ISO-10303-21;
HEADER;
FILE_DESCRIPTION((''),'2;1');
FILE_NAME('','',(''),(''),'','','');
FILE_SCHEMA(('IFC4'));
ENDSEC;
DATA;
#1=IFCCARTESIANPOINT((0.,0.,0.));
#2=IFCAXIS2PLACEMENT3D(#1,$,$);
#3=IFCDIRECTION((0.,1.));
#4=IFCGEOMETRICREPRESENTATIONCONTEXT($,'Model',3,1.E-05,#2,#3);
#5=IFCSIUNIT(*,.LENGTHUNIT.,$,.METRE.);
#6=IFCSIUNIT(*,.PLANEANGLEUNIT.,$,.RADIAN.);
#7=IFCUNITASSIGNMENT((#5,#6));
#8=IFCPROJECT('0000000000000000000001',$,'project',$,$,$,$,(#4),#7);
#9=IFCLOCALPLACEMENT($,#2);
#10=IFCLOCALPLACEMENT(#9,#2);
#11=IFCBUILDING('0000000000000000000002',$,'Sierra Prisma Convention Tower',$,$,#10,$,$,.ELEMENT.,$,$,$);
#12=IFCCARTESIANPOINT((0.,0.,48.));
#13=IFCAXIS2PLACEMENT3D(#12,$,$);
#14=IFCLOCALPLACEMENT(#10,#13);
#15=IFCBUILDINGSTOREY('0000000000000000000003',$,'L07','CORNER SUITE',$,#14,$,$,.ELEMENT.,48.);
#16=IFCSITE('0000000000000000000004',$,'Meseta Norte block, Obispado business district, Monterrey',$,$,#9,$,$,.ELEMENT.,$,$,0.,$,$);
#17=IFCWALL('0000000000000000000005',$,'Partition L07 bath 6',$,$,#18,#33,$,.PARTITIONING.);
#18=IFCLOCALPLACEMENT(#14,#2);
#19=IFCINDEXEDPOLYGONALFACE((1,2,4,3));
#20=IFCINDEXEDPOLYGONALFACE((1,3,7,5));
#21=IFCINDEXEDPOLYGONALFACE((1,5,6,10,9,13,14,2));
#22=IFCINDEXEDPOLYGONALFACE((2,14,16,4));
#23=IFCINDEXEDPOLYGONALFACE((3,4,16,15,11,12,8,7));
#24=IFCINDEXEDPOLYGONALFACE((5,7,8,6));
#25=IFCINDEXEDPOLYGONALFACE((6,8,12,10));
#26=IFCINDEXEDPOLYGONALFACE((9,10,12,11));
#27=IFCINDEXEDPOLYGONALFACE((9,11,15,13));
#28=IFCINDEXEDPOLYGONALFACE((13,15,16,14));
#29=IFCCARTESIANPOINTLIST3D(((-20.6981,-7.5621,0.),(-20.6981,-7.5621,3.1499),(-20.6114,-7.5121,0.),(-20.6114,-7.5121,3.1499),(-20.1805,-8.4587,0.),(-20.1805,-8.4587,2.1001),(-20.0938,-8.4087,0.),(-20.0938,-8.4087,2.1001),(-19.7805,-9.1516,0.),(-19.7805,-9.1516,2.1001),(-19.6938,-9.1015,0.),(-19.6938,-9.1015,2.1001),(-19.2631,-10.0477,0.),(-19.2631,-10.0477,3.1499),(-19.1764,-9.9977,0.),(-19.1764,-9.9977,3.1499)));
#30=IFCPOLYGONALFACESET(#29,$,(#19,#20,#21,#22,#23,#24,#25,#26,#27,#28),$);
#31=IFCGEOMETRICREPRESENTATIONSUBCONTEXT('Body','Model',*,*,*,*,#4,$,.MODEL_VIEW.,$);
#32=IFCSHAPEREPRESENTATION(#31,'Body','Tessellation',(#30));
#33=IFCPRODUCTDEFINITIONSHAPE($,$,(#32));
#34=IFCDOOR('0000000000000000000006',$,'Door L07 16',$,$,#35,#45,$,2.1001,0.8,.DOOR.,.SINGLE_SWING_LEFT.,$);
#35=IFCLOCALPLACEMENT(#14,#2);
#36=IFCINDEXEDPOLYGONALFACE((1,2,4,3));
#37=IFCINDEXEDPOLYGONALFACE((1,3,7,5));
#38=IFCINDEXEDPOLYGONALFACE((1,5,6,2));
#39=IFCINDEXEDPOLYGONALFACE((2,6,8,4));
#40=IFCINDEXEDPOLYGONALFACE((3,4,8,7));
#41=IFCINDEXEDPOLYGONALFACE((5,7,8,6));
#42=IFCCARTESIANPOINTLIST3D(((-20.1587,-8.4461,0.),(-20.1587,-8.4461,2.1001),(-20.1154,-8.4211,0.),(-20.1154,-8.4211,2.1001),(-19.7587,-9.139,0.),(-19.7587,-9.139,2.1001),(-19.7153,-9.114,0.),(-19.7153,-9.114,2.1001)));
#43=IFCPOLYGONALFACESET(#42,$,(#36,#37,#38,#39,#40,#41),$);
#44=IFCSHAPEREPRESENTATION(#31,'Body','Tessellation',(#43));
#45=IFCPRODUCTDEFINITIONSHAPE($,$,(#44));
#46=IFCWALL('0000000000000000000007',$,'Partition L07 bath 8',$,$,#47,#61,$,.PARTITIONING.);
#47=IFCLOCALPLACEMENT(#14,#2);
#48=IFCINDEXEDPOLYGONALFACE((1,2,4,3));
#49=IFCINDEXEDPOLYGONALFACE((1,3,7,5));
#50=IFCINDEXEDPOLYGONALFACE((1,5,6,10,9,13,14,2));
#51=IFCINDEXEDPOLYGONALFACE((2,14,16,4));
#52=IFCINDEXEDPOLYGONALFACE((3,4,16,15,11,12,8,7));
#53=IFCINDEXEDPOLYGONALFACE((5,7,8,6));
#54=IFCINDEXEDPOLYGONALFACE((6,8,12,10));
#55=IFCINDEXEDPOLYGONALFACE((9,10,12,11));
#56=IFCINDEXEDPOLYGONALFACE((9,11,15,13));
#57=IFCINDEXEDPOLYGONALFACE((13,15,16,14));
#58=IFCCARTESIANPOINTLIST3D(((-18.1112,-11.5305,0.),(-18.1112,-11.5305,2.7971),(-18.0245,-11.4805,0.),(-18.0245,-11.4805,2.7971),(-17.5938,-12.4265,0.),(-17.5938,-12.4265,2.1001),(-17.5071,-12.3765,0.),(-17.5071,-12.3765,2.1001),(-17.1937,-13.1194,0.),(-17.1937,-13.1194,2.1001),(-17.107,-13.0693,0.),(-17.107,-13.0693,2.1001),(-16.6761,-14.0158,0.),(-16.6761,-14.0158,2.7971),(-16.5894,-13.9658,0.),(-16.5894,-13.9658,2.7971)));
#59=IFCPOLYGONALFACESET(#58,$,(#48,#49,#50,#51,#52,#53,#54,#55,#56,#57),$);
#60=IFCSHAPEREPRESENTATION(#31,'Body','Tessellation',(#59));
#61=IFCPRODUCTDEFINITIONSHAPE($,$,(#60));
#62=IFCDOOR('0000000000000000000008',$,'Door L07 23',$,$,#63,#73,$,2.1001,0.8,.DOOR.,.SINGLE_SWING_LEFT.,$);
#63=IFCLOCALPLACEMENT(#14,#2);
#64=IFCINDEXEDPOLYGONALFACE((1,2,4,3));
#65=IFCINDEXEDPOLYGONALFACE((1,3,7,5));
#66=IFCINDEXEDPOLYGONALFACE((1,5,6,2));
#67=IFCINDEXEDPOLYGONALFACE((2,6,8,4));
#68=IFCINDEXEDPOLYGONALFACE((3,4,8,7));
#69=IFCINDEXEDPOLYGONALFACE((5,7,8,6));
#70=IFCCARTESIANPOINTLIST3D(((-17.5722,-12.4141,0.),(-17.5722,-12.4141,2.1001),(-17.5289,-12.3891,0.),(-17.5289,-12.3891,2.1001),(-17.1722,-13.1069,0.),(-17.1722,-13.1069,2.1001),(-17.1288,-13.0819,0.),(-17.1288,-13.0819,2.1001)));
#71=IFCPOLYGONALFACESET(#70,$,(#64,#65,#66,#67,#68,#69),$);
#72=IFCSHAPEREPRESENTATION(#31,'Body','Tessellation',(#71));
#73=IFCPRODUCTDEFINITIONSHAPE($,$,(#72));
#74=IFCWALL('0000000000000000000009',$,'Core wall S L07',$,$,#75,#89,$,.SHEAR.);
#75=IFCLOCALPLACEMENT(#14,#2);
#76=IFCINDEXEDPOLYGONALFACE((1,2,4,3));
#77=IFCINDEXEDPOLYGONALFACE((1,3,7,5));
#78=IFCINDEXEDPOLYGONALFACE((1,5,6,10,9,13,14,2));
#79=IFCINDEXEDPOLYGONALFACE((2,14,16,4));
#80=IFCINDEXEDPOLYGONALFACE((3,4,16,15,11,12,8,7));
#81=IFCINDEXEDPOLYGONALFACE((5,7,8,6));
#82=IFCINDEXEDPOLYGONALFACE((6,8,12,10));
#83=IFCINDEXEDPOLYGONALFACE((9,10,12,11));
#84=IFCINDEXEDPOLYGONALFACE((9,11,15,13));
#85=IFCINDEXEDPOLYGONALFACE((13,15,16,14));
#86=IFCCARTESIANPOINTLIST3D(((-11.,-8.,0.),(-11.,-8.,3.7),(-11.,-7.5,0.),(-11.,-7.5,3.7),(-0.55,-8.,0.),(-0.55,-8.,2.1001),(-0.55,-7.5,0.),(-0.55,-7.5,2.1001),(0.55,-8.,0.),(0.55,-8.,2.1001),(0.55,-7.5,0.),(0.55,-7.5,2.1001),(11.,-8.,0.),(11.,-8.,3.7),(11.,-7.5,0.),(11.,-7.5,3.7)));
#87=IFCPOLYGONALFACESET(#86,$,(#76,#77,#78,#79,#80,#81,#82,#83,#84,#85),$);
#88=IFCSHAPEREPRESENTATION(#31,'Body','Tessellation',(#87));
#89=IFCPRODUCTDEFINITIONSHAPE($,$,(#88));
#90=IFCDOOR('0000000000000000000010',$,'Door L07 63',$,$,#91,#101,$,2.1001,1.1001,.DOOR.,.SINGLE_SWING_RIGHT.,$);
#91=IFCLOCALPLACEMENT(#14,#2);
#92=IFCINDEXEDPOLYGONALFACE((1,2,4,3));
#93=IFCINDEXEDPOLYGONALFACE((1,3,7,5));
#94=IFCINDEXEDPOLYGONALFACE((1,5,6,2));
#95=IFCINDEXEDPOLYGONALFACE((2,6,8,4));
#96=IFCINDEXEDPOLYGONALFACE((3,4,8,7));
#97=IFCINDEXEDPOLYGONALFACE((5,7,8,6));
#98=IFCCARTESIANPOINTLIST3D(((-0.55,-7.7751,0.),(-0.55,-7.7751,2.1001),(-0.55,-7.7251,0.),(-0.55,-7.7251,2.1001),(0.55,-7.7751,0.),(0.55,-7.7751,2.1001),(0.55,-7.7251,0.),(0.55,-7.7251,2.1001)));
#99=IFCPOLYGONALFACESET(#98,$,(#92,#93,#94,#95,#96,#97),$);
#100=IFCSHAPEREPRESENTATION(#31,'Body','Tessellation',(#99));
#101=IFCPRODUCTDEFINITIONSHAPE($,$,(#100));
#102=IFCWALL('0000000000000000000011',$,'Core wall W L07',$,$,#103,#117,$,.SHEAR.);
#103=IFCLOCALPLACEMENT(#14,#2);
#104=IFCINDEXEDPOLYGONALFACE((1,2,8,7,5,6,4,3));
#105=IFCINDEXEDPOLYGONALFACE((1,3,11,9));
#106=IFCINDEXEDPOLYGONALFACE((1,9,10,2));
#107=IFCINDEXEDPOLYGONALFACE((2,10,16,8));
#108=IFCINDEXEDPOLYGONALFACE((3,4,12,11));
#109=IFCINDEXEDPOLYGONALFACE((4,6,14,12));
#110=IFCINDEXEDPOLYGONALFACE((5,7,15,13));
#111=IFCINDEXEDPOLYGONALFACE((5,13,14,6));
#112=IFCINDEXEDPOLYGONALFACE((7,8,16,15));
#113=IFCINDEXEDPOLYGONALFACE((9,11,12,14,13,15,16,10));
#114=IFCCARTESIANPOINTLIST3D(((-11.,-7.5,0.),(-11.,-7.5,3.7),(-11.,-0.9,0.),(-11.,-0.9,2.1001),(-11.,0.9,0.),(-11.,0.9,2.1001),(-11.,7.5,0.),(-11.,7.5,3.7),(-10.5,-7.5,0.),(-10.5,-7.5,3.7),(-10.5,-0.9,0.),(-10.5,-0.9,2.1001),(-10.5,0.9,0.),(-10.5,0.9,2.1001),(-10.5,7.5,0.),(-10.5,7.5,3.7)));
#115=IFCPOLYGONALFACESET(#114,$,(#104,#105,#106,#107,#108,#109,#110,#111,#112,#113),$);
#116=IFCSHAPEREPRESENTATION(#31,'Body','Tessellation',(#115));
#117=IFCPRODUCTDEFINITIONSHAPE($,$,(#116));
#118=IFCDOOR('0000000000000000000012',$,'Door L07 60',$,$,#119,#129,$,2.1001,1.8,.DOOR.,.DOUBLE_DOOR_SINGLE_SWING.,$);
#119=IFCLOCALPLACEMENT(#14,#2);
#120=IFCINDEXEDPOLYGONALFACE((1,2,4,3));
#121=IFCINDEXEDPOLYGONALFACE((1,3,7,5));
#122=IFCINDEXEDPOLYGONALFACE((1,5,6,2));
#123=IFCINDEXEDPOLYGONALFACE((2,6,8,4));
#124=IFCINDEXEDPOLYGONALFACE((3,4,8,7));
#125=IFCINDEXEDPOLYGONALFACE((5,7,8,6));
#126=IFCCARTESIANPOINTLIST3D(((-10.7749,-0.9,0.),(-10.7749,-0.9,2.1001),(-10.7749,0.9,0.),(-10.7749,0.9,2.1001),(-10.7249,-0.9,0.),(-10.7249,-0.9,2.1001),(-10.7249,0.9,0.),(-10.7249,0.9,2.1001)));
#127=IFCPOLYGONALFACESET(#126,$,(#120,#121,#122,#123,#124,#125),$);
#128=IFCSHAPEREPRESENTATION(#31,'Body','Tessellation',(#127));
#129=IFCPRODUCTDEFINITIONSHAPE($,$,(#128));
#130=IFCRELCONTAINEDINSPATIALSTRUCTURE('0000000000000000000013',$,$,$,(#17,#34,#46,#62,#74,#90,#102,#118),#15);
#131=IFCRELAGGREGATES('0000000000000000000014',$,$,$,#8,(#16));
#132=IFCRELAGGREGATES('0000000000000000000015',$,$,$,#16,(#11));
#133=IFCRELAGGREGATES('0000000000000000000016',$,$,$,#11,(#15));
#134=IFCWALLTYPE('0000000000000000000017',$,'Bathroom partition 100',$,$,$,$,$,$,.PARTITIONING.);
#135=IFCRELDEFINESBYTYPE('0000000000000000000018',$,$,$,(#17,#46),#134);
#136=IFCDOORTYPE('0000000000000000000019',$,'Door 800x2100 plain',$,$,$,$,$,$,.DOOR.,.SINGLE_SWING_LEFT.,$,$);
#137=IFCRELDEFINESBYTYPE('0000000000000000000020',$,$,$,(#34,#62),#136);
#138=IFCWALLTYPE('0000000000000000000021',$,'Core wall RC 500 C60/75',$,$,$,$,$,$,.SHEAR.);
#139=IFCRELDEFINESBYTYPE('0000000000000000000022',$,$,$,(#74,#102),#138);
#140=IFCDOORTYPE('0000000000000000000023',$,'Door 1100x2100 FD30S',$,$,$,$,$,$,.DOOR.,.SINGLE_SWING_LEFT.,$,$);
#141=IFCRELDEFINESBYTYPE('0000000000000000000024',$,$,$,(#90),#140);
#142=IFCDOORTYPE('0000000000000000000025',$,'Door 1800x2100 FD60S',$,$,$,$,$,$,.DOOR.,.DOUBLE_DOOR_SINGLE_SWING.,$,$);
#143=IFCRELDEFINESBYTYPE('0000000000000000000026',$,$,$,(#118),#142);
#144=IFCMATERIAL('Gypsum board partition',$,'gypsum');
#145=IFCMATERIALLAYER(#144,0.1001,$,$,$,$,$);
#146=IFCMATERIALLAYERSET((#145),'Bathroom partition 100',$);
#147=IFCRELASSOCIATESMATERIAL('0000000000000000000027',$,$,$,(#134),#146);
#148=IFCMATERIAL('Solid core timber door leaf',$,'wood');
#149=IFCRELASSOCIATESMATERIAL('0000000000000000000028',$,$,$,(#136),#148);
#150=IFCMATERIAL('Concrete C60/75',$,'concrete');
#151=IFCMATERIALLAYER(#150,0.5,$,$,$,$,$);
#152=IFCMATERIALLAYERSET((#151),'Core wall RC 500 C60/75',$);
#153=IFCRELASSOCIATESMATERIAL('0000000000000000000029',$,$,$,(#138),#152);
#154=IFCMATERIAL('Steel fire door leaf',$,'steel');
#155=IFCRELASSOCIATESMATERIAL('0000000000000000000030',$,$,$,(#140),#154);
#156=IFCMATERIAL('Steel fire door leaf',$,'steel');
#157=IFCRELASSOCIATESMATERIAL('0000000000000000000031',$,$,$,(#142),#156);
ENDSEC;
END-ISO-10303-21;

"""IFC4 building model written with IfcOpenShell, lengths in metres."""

from ifc_helpers import new_model, si_unit, direction, frame, frame_2d, origin, place, context, subcontext, project, spatial, rectangle, extrude, material, layer, layer_set, type_object, element, fill, save


model = new_model("IFC4")

# Units and contexts
model_context = context("Model", 3, precision=1e-05, world=origin(), true_north=direction((0.0, 1.0)))
body_context = subcontext(model_context, "Body", "Model", "MODEL_VIEW")
ifc_project = project(units=[si_unit("LENGTHUNIT", "METRE"), si_unit("PLANEANGLEUNIT", "RADIAN")], contexts=[model_context])

# Site, building, storey
site_placement = place(None, origin())
site = spatial("IfcSite", under=ifc_project, at=site_placement, Name="Meseta Norte block, Obispado business district, Monterrey", CompositionType="ELEMENT", RefElevation=0.0)
building_placement = place(site_placement, origin())
building = spatial("IfcBuilding", under=site, at=building_placement, Name="Sierra Prisma Convention Tower", CompositionType="ELEMENT")
storey_placement = place(building_placement, frame((0.0, 0.0, 48.0)))
storey = spatial("IfcBuildingStorey", under=building, at=storey_placement, Name="L07", Description="CORNER SUITE", CompositionType="ELEMENT", Elevation=48.0)

# Walls, openings, doors
ifc_material_1 = material(Name="Gypsum board partition", Category="gypsum")
ifc_layer_1 = layer(ifc_material_1, 0.1001)
ifc_layer_set_1 = layer_set([ifc_layer_1], Name="Bathroom partition 100")
wall_type_1 = type_object("IfcWallType", Name="Bathroom partition 100", PredefinedType="PARTITIONING", material=ifc_layer_set_1)
wall_1_placement = place(storey_placement, frame((-19.2197, -10.0227, 0.0), z_axis=(0.0, 0.0, 1.0), x_axis=(-0.5, 0.866026, 0.0)))
wall_1 = element("IfcWall", 1, at=wall_1_placement, inside=storey, type_object=wall_type_1, Name="Partition L07 bath 6", PredefinedType="PARTITIONING", context=body_context, shape_type="SweptSolid", body=[
    extrude(rectangle(XDim=2.8701, YDim=0.1001, at=frame_2d((1.4351, 0.0))), origin(), (0.0, 0.0, 1.0), 3.1499),
])
opening_1_placement = place(wall_1_placement, frame((1.0349, 0.0, 0.0)))
opening_1 = element("IfcOpeningElement", 2, at=opening_1_placement, cuts=wall_1, PredefinedType="OPENING", context=body_context, shape_type="SweptSolid", body=[
    extrude(rectangle(XDim=0.8, YDim=2.1001, at=frame_2d((0.3999, 1.05))), frame((0.0, 0.05, 0.0), z_axis=(0.0, -1.0, 0.0), x_axis=(1.0, 0.0, 0.0)), (0.0, 0.0, 1.0), 0.1001),
])
ifc_material_2 = material(Name="Solid core timber door leaf", Category="wood")
door_type_1 = type_object("IfcDoorType", Name="Door 800x2100 plain", OperationType="SINGLE_SWING_LEFT", PredefinedType="DOOR", material=ifc_material_2)
door_1_placement = place(opening_1_placement, origin())
door_1 = element("IfcDoor", 3, at=door_1_placement, inside=storey, type_object=door_type_1, Name="Door L07 16", OperationType="SINGLE_SWING_LEFT", OverallHeight=2.1001, OverallWidth=0.8, PredefinedType="DOOR", context=body_context, shape_type="SweptSolid", body=[
    extrude(rectangle(XDim=0.8, YDim=2.1001, at=frame_2d((0.3999, 1.05))), frame((0.0, 0.0249, 0.0), z_axis=(0.0, -1.0, 0.0), x_axis=(1.0, 0.0, 0.0)), (0.0, 0.0, 1.0), 0.05),
])
fill(opening_1, door_1)
wall_2_placement = place(storey_placement, frame((-18.0679, -11.5054, 0.0), z_axis=(0.0, 0.0, 1.0), x_axis=(0.500037, -0.866004, 0.0)))
wall_2 = element("IfcWall", 4, at=wall_2_placement, inside=storey, type_object=wall_type_1, Name="Partition L07 bath 8", PredefinedType="PARTITIONING", context=body_context, shape_type="SweptSolid", body=[
    extrude(rectangle(XDim=2.8699, YDim=0.1001, at=frame_2d((1.4351, 0.0))), origin(), (0.0, 0.0, 1.0), 2.7971),
])
opening_2_placement = place(wall_2_placement, frame((1.0349, 0.0, 0.0)))
opening_2 = element("IfcOpeningElement", 5, at=opening_2_placement, cuts=wall_2, PredefinedType="OPENING", context=body_context, shape_type="SweptSolid", body=[
    extrude(rectangle(XDim=0.8, YDim=2.1001, at=frame_2d((0.3999, 1.05))), frame((0.0, 0.05, 0.0), z_axis=(0.0, -1.0, 0.0), x_axis=(1.0, 0.0, 0.0)), (0.0, 0.0, 1.0), 0.1001),
])
door_2_placement = place(opening_2_placement, origin())
door_2 = element("IfcDoor", 6, at=door_2_placement, inside=storey, type_object=door_type_1, Name="Door L07 23", OperationType="SINGLE_SWING_LEFT", OverallHeight=2.1001, OverallWidth=0.8, PredefinedType="DOOR", context=body_context, shape_type="SweptSolid", body=[
    extrude(rectangle(XDim=0.8, YDim=2.1001, at=frame_2d((0.3999, 1.05))), frame((0.0, 0.0249, 0.0), z_axis=(0.0, -1.0, 0.0), x_axis=(1.0, 0.0, 0.0)), (0.0, 0.0, 1.0), 0.05),
])
fill(opening_2, door_2)
ifc_material_3 = material(Name="Concrete C60/75", Category="concrete")
ifc_layer_2 = layer(ifc_material_3, 0.5)
ifc_layer_set_2 = layer_set([ifc_layer_2], Name="Core wall RC 500 C60/75")
wall_type_2 = type_object("IfcWallType", Name="Core wall RC 500 C60/75", PredefinedType="SHEAR", material=ifc_layer_set_2)
wall_3_placement = place(storey_placement, frame((-11.0, -7.75, 0.0), z_axis=(0.0, 0.0, 1.0), x_axis=(1.0, 0.0, 0.0)))
wall_3 = element("IfcWall", 7, at=wall_3_placement, inside=storey, type_object=wall_type_2, Name="Core wall S L07", PredefinedType="SHEAR", context=body_context, shape_type="SweptSolid", body=[
    extrude(rectangle(XDim=22.0, YDim=0.5, at=frame_2d((11.0, 0.0))), origin(), (0.0, 0.0, 1.0), 3.7),
])
opening_3_placement = place(wall_3_placement, frame((10.45, 0.0, 0.0)))
opening_3 = element("IfcOpeningElement", 8, at=opening_3_placement, cuts=wall_3, PredefinedType="OPENING", context=body_context, shape_type="SweptSolid", body=[
    extrude(rectangle(XDim=1.1001, YDim=2.1001, at=frame_2d((0.55, 1.05))), frame((0.0, 0.25, 0.0), z_axis=(0.0, -1.0, 0.0), x_axis=(1.0, 0.0, 0.0)), (0.0, 0.0, 1.0), 0.5),
])
ifc_material_4 = material(Name="Steel fire door leaf", Category="steel")
door_type_2 = type_object("IfcDoorType", Name="Door 1100x2100 FD30S", OperationType="SINGLE_SWING_LEFT", PredefinedType="DOOR", material=ifc_material_4)
door_3_placement = place(opening_3_placement, origin())
door_3 = element("IfcDoor", 9, at=door_3_placement, inside=storey, type_object=door_type_2, Name="Door L07 63", OperationType="SINGLE_SWING_RIGHT", OverallHeight=2.1001, OverallWidth=1.1001, PredefinedType="DOOR", context=body_context, shape_type="SweptSolid", body=[
    extrude(rectangle(XDim=1.1001, YDim=2.1001, at=frame_2d((0.55, 1.05))), frame((0.0, 0.0249, 0.0), z_axis=(0.0, -1.0, 0.0), x_axis=(1.0, 0.0, 0.0)), (0.0, 0.0, 1.0), 0.05),
])
fill(opening_3, door_3)
wall_4_placement = place(storey_placement, frame((-10.75, -7.5, 0.0), z_axis=(0.0, 0.0, 1.0), x_axis=(0.0, 1.0, 0.0)))
wall_4 = element("IfcWall", 10, at=wall_4_placement, inside=storey, type_object=wall_type_2, Name="Core wall W L07", PredefinedType="SHEAR", context=body_context, shape_type="SweptSolid", body=[
    extrude(rectangle(XDim=15.0, YDim=0.5, at=frame_2d((7.5, 0.0))), origin(), (0.0, 0.0, 1.0), 3.7),
])
opening_4_placement = place(wall_4_placement, frame((6.6001, 0.0, 0.0)))
opening_4 = element("IfcOpeningElement", 11, at=opening_4_placement, cuts=wall_4, PredefinedType="OPENING", context=body_context, shape_type="SweptSolid", body=[
    extrude(rectangle(XDim=1.8, YDim=2.1001, at=frame_2d((0.8999, 1.05))), frame((0.0, 0.25, 0.0), z_axis=(0.0, -1.0, 0.0), x_axis=(1.0, 0.0, 0.0)), (0.0, 0.0, 1.0), 0.5),
])
ifc_material_5 = material(Name="Steel fire door leaf", Category="steel")
door_type_3 = type_object("IfcDoorType", Name="Door 1800x2100 FD60S", OperationType="DOUBLE_DOOR_SINGLE_SWING", PredefinedType="DOOR", material=ifc_material_5)
door_4_placement = place(opening_4_placement, origin())
door_4 = element("IfcDoor", 12, at=door_4_placement, inside=storey, type_object=door_type_3, Name="Door L07 60", OperationType="DOUBLE_DOOR_SINGLE_SWING", OverallHeight=2.1001, OverallWidth=1.8, PredefinedType="DOOR", context=body_context, shape_type="SweptSolid", body=[
    extrude(rectangle(XDim=1.8, YDim=2.1001, at=frame_2d((0.8999, 1.05))), frame((0.0, 0.0249, 0.0), z_axis=(0.0, -1.0, 0.0), x_axis=(1.0, 0.0, 0.0)), (0.0, 0.0, 1.0), 0.05),
])
fill(opening_4, door_4)

save(model, "model.ifc")
